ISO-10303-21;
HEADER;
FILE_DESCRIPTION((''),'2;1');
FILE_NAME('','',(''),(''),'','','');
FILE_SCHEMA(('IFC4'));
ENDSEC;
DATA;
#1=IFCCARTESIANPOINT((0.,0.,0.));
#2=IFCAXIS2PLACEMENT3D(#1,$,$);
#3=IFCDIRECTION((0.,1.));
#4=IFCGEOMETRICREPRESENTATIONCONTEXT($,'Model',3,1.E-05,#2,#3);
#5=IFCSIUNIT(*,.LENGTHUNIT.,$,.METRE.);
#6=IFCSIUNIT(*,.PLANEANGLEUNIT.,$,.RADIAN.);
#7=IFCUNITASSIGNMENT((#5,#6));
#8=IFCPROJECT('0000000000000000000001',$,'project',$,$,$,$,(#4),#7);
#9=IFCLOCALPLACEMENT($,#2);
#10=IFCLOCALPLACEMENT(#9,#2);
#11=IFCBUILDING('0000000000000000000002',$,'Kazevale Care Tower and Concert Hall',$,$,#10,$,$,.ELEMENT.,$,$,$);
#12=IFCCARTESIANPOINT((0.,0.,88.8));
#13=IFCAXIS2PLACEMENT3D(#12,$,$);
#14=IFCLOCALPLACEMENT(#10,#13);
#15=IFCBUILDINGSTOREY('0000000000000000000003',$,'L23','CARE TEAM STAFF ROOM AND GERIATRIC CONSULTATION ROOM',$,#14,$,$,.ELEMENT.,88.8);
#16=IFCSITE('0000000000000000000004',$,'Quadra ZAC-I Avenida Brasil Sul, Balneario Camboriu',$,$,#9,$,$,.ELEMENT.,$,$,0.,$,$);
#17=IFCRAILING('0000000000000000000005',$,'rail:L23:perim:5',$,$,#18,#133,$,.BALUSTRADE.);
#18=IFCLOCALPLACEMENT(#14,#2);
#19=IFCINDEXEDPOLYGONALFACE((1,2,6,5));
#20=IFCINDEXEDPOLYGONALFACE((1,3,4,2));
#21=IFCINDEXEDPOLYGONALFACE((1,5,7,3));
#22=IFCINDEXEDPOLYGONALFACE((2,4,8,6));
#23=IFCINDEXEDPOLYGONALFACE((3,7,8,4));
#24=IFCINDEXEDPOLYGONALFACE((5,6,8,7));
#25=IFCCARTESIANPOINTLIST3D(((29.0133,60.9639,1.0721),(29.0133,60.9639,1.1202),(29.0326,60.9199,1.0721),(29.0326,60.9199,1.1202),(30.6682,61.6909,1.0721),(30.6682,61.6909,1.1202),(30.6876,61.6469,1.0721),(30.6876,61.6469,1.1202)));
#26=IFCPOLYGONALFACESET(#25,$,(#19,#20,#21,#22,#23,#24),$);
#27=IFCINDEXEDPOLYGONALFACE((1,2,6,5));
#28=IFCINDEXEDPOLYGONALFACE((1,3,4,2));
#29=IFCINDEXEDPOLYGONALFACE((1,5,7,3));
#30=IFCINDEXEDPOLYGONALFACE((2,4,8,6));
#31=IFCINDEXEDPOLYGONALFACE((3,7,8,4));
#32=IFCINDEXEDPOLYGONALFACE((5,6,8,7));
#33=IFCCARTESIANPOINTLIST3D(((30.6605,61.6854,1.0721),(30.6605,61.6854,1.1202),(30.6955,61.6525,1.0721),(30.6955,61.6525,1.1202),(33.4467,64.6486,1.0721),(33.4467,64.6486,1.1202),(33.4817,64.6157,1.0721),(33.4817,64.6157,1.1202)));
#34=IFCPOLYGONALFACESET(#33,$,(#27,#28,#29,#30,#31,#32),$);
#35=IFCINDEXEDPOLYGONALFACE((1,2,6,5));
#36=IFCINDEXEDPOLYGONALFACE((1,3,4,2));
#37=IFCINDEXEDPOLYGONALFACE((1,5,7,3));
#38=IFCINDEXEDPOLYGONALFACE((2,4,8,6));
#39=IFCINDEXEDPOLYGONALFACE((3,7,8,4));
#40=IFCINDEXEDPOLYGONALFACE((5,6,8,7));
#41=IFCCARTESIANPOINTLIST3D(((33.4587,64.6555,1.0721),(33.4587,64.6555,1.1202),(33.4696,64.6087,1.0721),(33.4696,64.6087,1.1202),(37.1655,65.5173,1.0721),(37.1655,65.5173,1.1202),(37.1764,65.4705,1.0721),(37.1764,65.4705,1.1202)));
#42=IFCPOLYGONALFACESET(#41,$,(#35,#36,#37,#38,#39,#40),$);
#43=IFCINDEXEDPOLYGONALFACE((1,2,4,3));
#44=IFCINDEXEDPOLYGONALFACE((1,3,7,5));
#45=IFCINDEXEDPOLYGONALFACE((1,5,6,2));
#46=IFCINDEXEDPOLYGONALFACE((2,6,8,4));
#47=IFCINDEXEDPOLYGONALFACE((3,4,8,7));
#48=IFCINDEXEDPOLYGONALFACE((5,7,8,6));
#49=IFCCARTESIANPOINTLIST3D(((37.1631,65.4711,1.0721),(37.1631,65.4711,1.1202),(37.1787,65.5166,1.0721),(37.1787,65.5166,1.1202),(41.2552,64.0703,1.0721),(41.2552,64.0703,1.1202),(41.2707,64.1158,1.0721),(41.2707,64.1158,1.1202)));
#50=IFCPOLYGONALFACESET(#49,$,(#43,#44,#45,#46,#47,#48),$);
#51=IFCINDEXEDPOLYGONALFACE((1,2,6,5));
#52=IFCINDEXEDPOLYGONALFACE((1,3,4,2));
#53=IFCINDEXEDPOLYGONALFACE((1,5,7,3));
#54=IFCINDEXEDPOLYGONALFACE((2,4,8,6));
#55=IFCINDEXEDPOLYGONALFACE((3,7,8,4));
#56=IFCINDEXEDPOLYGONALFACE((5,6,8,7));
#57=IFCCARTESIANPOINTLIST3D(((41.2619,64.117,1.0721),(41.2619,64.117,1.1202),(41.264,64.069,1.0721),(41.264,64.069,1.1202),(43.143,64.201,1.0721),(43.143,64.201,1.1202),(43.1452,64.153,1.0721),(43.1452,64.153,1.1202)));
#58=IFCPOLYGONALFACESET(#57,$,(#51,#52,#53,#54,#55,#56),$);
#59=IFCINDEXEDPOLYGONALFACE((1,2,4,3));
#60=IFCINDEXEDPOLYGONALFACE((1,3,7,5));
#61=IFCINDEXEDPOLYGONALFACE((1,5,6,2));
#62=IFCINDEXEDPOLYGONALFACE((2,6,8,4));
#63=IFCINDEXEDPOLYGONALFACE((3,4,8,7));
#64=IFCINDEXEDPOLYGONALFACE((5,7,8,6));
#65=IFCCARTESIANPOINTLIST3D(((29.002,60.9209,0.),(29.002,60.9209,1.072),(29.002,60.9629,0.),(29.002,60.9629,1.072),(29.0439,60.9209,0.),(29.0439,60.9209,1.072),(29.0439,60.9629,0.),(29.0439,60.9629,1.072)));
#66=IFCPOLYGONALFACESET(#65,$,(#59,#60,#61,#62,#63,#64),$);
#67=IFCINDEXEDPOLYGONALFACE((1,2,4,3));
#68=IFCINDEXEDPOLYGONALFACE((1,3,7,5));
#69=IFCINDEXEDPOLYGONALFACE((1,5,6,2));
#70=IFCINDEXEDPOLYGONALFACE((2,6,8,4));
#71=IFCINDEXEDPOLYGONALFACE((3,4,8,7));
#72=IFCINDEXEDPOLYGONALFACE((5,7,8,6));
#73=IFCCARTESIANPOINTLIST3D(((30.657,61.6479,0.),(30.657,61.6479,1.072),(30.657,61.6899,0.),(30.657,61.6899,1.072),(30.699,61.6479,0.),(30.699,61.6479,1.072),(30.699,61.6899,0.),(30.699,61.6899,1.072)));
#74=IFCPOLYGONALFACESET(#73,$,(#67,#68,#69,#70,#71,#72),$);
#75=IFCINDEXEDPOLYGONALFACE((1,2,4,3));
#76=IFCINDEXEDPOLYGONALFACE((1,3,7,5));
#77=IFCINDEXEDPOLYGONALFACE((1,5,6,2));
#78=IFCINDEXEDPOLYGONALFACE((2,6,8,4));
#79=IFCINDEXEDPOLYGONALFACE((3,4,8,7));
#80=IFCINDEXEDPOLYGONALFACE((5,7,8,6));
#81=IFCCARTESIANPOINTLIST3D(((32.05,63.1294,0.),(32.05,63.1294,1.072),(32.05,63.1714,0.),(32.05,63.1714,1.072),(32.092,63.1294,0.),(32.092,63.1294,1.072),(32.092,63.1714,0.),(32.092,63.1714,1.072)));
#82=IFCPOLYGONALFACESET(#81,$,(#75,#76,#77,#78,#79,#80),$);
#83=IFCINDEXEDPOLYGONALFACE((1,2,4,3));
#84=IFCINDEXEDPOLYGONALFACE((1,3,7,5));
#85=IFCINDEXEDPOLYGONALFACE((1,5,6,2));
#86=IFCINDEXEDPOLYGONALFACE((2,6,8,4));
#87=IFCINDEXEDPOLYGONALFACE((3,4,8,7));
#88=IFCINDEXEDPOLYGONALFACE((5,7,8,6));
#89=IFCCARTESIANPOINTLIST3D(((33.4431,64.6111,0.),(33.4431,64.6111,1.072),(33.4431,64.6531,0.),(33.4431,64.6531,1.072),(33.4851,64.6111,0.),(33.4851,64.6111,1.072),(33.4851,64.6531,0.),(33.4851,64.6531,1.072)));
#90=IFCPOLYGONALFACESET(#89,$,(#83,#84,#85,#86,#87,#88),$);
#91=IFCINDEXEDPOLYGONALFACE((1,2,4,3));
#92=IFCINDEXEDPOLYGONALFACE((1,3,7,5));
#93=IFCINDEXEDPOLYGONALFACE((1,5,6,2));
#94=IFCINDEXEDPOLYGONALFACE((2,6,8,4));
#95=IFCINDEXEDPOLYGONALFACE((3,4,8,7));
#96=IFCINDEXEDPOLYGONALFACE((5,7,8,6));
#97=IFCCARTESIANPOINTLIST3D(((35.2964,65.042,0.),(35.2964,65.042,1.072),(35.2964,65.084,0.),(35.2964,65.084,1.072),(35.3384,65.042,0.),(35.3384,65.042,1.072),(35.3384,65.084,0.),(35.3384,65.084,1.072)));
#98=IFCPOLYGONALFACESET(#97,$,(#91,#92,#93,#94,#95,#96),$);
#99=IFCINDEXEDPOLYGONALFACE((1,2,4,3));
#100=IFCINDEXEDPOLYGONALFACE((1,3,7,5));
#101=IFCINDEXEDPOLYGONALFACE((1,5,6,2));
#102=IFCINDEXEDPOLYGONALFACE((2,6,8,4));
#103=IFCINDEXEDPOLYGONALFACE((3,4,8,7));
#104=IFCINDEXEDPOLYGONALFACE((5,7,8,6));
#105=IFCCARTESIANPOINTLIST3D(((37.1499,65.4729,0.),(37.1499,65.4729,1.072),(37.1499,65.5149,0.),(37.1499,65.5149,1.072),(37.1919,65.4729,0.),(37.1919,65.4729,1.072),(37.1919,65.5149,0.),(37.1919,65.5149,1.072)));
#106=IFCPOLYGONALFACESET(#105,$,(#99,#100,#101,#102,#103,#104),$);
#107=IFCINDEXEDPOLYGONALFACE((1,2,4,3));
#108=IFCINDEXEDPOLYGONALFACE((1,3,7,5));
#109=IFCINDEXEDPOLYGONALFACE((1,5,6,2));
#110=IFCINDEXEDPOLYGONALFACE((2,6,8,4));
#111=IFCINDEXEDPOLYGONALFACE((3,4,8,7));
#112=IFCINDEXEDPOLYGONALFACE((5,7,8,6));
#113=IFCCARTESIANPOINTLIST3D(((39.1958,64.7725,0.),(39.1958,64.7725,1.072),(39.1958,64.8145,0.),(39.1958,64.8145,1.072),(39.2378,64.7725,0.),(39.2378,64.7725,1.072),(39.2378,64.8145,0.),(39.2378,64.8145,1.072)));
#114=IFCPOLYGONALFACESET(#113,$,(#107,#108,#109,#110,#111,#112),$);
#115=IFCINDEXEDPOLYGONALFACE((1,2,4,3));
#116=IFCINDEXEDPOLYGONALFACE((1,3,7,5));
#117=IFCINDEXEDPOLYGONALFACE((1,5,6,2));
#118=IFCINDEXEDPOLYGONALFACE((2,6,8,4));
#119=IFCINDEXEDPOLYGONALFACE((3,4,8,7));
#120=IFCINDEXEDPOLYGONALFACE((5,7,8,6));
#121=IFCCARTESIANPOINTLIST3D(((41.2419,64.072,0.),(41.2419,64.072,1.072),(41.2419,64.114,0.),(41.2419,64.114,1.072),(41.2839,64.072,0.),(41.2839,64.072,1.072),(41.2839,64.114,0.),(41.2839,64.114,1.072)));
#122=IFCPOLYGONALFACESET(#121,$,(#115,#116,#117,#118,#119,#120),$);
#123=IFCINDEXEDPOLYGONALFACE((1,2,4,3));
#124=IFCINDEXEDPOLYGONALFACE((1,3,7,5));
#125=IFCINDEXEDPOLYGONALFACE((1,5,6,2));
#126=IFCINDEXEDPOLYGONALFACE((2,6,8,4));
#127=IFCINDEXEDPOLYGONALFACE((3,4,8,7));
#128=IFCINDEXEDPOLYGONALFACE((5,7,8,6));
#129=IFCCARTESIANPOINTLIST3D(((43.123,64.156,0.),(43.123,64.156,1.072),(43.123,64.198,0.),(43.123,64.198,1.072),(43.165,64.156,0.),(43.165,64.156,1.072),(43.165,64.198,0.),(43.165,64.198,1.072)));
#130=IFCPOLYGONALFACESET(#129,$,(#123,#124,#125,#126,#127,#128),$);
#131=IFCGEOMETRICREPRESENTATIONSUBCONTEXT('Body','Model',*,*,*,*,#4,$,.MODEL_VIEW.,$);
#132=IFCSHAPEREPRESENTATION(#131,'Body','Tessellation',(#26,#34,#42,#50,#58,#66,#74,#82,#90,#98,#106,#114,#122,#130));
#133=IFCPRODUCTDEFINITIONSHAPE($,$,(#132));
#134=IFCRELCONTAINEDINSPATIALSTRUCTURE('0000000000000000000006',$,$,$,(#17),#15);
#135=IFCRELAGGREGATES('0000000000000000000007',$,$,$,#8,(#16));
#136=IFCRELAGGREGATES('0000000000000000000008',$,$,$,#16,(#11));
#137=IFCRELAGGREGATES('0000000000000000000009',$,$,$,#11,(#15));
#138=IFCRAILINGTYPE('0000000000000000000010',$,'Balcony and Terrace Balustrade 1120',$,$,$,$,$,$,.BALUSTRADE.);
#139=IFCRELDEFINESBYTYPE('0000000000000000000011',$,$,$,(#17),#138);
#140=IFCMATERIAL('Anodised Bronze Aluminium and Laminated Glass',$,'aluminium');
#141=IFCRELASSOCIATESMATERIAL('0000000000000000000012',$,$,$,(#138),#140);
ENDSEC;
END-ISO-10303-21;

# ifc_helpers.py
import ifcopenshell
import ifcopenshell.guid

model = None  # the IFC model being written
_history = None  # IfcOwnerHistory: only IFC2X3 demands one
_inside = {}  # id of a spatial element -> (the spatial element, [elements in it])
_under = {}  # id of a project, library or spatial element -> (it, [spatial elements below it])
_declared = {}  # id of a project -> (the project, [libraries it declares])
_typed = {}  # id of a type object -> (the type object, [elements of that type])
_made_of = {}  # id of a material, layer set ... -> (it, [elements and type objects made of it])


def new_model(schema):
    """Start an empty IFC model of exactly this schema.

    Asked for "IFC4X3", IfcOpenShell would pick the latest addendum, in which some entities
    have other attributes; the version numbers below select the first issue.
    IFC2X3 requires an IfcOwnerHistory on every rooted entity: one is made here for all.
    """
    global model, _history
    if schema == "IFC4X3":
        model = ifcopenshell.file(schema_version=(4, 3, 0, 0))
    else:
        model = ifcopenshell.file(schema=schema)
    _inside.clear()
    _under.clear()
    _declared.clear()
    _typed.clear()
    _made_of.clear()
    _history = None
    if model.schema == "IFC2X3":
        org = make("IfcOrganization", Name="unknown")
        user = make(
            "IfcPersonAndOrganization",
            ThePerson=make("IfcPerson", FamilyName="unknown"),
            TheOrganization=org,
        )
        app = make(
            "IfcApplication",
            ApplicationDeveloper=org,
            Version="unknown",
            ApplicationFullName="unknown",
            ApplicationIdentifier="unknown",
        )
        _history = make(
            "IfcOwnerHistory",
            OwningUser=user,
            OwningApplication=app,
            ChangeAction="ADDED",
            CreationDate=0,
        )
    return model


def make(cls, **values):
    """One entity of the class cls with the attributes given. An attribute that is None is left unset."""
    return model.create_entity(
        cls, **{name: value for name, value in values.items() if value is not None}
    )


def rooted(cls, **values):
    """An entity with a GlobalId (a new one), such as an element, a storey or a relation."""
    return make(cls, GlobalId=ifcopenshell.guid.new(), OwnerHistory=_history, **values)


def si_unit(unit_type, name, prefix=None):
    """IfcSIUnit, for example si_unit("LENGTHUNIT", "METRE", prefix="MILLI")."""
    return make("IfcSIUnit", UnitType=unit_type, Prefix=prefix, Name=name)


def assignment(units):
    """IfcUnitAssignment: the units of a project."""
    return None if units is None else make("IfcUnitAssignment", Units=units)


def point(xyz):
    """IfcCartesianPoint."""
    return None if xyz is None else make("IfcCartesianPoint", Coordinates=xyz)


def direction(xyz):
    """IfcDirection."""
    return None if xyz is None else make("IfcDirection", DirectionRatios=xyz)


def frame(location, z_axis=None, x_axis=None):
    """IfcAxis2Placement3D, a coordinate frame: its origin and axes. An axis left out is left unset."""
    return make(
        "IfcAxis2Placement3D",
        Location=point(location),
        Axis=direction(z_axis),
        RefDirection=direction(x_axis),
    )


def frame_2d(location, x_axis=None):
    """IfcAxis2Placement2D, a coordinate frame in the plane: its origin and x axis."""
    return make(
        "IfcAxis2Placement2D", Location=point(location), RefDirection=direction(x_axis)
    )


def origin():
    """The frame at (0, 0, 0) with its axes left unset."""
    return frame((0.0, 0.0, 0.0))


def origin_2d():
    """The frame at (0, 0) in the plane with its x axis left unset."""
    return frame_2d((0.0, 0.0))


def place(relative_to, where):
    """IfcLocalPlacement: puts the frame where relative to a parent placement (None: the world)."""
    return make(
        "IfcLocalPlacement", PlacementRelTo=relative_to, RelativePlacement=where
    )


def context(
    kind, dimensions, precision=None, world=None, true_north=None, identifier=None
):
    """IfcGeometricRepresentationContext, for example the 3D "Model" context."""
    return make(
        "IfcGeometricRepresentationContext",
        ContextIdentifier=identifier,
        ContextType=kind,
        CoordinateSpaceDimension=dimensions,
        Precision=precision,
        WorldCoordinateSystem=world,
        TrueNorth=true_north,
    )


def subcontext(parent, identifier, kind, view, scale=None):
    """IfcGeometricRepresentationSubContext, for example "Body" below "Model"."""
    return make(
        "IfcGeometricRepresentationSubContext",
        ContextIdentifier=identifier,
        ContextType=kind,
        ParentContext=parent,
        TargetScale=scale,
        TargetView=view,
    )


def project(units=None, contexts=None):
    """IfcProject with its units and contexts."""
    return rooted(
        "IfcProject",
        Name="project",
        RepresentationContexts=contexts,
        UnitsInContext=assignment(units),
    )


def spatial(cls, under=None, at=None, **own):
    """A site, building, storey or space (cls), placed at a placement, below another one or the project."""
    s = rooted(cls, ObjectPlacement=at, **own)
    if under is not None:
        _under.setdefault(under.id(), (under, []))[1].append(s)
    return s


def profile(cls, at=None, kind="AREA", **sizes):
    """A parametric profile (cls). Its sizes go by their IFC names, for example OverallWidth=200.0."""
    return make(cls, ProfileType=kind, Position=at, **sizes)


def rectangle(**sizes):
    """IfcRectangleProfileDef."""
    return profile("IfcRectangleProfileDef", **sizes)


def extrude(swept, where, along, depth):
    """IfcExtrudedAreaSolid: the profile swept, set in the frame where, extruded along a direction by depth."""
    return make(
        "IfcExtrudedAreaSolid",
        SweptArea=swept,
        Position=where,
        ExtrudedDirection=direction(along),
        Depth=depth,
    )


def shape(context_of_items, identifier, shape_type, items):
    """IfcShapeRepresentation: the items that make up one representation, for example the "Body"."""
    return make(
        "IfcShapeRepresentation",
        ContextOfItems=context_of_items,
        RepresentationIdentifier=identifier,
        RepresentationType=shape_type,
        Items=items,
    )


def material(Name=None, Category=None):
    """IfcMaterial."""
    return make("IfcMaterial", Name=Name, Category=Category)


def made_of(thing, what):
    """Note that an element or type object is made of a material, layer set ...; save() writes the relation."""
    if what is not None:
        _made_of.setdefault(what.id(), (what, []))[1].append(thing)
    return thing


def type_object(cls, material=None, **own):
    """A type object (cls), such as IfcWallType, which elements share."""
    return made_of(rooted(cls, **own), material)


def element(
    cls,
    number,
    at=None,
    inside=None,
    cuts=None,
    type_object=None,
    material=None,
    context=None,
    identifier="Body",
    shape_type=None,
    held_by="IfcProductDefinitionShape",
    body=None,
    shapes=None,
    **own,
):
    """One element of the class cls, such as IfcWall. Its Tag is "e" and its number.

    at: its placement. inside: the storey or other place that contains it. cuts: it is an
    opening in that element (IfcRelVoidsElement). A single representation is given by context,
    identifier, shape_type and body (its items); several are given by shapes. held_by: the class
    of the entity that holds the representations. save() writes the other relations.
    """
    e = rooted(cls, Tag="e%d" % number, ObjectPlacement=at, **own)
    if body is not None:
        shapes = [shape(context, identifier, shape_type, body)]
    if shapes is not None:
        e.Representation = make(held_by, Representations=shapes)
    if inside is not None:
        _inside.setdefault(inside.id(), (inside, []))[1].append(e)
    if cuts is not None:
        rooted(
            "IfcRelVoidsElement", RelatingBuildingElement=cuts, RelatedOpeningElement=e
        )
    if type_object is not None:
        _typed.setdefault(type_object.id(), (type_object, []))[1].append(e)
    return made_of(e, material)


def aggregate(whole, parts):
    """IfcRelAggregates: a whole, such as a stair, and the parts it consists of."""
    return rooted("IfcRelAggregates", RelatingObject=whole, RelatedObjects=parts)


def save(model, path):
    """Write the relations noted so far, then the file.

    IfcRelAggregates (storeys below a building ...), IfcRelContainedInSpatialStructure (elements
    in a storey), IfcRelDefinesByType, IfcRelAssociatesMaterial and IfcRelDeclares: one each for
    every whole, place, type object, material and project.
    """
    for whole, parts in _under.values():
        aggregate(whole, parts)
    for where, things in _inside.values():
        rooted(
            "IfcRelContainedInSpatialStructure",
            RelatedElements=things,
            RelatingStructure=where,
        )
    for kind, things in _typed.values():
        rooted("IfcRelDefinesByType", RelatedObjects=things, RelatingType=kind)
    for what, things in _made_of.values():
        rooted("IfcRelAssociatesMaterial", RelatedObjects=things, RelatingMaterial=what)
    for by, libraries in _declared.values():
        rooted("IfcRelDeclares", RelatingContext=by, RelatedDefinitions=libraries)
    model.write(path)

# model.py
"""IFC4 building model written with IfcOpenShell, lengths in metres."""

from ifc_helpers import new_model, si_unit, direction, frame, origin, origin_2d, place, context, subcontext, project, spatial, rectangle, extrude, material, type_object, element, save


model = new_model("IFC4")

# Units and contexts
model_context = context("Model", 3, precision=1e-05, world=origin(), true_north=direction((0.0, 1.0)))
body_context = subcontext(model_context, "Body", "Model", "MODEL_VIEW")
ifc_project = project(units=[si_unit("LENGTHUNIT", "METRE"), si_unit("PLANEANGLEUNIT", "RADIAN")], contexts=[model_context])

# Site, building, storey
site_placement = place(None, origin())
site = spatial("IfcSite", under=ifc_project, at=site_placement, Name="Quadra ZAC-I Avenida Brasil Sul, Balneario Camboriu", CompositionType="ELEMENT", RefElevation=0.0)
building_placement = place(site_placement, origin())
building = spatial("IfcBuilding", under=site, at=building_placement, Name="Kazevale Care Tower and Concert Hall", CompositionType="ELEMENT")
storey_placement = place(building_placement, frame((0.0, 0.0, 88.8)))
storey = spatial("IfcBuildingStorey", under=building, at=storey_placement, Name="L23", Description="CARE TEAM STAFF ROOM AND GERIATRIC CONSULTATION ROOM", CompositionType="ELEMENT", Elevation=88.8)

# Railing
ifc_material_1 = material(Name="Anodised Bronze Aluminium and Laminated Glass", Category="aluminium")
railing_type = type_object("IfcRailingType", Name="Balcony and Terrace Balustrade 1120", PredefinedType="BALUSTRADE", material=ifc_material_1)
railing_1_placement = place(storey_placement, frame((29.0229, 60.9419, 0.0)))
element("IfcRailing", 1, at=railing_1_placement, inside=storey, type_object=railing_type, Name="rail:L23:perim:5", PredefinedType="BALUSTRADE", context=body_context, shape_type="SweptSolid", body=[
    extrude(rectangle(XDim=0.0481, YDim=0.0481, at=origin_2d()), frame((0.0, 0.0, 1.0962), z_axis=(0.915552, 0.4022, 0.0), x_axis=(-0.4022, 0.915552, 0.0)), (0.0, 0.0, 1.0), 1.8076),
    extrude(rectangle(XDim=0.0481, YDim=0.0481, at=origin_2d()), frame((1.655, 0.7271, 1.0962), z_axis=(0.685013, 0.728531, 0.0), x_axis=(-0.728531, 0.685013, 0.0)), (0.0, 0.0, 1.0), 4.0674),
    extrude(rectangle(XDim=0.0481, YDim=0.0481, at=origin_2d()), frame((4.4412, 3.6902, 1.0962), z_axis=(0.974021, 0.226457, 0.0), x_axis=(-0.226457, 0.974021, 0.0)), (0.0, 0.0, 1.0), 3.8057),
    extrude(rectangle(XDim=0.0481, YDim=0.0481, at=origin_2d()), frame((8.1479, 4.552, 1.0962), z_axis=(0.946095, -0.323888, 0.0), x_axis=(0.323888, 0.946095, 0.0)), (0.0, 0.0, 1.0), 4.3252),
    extrude(rectangle(XDim=0.0481, YDim=0.0481, at=origin_2d()), frame((12.24, 3.1511, 1.0962), z_axis=(0.999005, 0.044602, 0.0), x_axis=(-0.044602, 0.999005, 0.0)), (0.0, 0.0, 1.0), 1.8831),
    extrude(rectangle(XDim=0.042, YDim=0.042, at=origin_2d()), origin(), (0.0, 0.0, 1.0), 1.072),
    extrude(rectangle(XDim=0.042, YDim=0.042, at=origin_2d()), frame((1.655, 0.7271, 0.0)), (0.0, 0.0, 1.0), 1.072),
    extrude(rectangle(XDim=0.042, YDim=0.042, at=origin_2d()), frame((3.0481, 2.2085, 0.0)), (0.0, 0.0, 1.0), 1.072),
    extrude(rectangle(XDim=0.042, YDim=0.042, at=origin_2d()), frame((4.4412, 3.6902, 0.0)), (0.0, 0.0, 1.0), 1.072),
    extrude(rectangle(XDim=0.042, YDim=0.042, at=origin_2d()), frame((6.2944, 4.1211, 0.0)), (0.0, 0.0, 1.0), 1.072),
    extrude(rectangle(XDim=0.042, YDim=0.042, at=origin_2d()), frame((8.1479, 4.552, 0.0)), (0.0, 0.0, 1.0), 1.072),
    extrude(rectangle(XDim=0.042, YDim=0.042, at=origin_2d()), frame((10.1938, 3.8516, 0.0)), (0.0, 0.0, 1.0), 1.072),
    extrude(rectangle(XDim=0.042, YDim=0.042, at=origin_2d()), frame((12.24, 3.1511, 0.0)), (0.0, 0.0, 1.0), 1.072),
    extrude(rectangle(XDim=0.042, YDim=0.042, at=origin_2d()), frame((14.1211, 3.2351, 0.0)), (0.0, 0.0, 1.0), 1.072),
])

save(model, "model.ifc")
